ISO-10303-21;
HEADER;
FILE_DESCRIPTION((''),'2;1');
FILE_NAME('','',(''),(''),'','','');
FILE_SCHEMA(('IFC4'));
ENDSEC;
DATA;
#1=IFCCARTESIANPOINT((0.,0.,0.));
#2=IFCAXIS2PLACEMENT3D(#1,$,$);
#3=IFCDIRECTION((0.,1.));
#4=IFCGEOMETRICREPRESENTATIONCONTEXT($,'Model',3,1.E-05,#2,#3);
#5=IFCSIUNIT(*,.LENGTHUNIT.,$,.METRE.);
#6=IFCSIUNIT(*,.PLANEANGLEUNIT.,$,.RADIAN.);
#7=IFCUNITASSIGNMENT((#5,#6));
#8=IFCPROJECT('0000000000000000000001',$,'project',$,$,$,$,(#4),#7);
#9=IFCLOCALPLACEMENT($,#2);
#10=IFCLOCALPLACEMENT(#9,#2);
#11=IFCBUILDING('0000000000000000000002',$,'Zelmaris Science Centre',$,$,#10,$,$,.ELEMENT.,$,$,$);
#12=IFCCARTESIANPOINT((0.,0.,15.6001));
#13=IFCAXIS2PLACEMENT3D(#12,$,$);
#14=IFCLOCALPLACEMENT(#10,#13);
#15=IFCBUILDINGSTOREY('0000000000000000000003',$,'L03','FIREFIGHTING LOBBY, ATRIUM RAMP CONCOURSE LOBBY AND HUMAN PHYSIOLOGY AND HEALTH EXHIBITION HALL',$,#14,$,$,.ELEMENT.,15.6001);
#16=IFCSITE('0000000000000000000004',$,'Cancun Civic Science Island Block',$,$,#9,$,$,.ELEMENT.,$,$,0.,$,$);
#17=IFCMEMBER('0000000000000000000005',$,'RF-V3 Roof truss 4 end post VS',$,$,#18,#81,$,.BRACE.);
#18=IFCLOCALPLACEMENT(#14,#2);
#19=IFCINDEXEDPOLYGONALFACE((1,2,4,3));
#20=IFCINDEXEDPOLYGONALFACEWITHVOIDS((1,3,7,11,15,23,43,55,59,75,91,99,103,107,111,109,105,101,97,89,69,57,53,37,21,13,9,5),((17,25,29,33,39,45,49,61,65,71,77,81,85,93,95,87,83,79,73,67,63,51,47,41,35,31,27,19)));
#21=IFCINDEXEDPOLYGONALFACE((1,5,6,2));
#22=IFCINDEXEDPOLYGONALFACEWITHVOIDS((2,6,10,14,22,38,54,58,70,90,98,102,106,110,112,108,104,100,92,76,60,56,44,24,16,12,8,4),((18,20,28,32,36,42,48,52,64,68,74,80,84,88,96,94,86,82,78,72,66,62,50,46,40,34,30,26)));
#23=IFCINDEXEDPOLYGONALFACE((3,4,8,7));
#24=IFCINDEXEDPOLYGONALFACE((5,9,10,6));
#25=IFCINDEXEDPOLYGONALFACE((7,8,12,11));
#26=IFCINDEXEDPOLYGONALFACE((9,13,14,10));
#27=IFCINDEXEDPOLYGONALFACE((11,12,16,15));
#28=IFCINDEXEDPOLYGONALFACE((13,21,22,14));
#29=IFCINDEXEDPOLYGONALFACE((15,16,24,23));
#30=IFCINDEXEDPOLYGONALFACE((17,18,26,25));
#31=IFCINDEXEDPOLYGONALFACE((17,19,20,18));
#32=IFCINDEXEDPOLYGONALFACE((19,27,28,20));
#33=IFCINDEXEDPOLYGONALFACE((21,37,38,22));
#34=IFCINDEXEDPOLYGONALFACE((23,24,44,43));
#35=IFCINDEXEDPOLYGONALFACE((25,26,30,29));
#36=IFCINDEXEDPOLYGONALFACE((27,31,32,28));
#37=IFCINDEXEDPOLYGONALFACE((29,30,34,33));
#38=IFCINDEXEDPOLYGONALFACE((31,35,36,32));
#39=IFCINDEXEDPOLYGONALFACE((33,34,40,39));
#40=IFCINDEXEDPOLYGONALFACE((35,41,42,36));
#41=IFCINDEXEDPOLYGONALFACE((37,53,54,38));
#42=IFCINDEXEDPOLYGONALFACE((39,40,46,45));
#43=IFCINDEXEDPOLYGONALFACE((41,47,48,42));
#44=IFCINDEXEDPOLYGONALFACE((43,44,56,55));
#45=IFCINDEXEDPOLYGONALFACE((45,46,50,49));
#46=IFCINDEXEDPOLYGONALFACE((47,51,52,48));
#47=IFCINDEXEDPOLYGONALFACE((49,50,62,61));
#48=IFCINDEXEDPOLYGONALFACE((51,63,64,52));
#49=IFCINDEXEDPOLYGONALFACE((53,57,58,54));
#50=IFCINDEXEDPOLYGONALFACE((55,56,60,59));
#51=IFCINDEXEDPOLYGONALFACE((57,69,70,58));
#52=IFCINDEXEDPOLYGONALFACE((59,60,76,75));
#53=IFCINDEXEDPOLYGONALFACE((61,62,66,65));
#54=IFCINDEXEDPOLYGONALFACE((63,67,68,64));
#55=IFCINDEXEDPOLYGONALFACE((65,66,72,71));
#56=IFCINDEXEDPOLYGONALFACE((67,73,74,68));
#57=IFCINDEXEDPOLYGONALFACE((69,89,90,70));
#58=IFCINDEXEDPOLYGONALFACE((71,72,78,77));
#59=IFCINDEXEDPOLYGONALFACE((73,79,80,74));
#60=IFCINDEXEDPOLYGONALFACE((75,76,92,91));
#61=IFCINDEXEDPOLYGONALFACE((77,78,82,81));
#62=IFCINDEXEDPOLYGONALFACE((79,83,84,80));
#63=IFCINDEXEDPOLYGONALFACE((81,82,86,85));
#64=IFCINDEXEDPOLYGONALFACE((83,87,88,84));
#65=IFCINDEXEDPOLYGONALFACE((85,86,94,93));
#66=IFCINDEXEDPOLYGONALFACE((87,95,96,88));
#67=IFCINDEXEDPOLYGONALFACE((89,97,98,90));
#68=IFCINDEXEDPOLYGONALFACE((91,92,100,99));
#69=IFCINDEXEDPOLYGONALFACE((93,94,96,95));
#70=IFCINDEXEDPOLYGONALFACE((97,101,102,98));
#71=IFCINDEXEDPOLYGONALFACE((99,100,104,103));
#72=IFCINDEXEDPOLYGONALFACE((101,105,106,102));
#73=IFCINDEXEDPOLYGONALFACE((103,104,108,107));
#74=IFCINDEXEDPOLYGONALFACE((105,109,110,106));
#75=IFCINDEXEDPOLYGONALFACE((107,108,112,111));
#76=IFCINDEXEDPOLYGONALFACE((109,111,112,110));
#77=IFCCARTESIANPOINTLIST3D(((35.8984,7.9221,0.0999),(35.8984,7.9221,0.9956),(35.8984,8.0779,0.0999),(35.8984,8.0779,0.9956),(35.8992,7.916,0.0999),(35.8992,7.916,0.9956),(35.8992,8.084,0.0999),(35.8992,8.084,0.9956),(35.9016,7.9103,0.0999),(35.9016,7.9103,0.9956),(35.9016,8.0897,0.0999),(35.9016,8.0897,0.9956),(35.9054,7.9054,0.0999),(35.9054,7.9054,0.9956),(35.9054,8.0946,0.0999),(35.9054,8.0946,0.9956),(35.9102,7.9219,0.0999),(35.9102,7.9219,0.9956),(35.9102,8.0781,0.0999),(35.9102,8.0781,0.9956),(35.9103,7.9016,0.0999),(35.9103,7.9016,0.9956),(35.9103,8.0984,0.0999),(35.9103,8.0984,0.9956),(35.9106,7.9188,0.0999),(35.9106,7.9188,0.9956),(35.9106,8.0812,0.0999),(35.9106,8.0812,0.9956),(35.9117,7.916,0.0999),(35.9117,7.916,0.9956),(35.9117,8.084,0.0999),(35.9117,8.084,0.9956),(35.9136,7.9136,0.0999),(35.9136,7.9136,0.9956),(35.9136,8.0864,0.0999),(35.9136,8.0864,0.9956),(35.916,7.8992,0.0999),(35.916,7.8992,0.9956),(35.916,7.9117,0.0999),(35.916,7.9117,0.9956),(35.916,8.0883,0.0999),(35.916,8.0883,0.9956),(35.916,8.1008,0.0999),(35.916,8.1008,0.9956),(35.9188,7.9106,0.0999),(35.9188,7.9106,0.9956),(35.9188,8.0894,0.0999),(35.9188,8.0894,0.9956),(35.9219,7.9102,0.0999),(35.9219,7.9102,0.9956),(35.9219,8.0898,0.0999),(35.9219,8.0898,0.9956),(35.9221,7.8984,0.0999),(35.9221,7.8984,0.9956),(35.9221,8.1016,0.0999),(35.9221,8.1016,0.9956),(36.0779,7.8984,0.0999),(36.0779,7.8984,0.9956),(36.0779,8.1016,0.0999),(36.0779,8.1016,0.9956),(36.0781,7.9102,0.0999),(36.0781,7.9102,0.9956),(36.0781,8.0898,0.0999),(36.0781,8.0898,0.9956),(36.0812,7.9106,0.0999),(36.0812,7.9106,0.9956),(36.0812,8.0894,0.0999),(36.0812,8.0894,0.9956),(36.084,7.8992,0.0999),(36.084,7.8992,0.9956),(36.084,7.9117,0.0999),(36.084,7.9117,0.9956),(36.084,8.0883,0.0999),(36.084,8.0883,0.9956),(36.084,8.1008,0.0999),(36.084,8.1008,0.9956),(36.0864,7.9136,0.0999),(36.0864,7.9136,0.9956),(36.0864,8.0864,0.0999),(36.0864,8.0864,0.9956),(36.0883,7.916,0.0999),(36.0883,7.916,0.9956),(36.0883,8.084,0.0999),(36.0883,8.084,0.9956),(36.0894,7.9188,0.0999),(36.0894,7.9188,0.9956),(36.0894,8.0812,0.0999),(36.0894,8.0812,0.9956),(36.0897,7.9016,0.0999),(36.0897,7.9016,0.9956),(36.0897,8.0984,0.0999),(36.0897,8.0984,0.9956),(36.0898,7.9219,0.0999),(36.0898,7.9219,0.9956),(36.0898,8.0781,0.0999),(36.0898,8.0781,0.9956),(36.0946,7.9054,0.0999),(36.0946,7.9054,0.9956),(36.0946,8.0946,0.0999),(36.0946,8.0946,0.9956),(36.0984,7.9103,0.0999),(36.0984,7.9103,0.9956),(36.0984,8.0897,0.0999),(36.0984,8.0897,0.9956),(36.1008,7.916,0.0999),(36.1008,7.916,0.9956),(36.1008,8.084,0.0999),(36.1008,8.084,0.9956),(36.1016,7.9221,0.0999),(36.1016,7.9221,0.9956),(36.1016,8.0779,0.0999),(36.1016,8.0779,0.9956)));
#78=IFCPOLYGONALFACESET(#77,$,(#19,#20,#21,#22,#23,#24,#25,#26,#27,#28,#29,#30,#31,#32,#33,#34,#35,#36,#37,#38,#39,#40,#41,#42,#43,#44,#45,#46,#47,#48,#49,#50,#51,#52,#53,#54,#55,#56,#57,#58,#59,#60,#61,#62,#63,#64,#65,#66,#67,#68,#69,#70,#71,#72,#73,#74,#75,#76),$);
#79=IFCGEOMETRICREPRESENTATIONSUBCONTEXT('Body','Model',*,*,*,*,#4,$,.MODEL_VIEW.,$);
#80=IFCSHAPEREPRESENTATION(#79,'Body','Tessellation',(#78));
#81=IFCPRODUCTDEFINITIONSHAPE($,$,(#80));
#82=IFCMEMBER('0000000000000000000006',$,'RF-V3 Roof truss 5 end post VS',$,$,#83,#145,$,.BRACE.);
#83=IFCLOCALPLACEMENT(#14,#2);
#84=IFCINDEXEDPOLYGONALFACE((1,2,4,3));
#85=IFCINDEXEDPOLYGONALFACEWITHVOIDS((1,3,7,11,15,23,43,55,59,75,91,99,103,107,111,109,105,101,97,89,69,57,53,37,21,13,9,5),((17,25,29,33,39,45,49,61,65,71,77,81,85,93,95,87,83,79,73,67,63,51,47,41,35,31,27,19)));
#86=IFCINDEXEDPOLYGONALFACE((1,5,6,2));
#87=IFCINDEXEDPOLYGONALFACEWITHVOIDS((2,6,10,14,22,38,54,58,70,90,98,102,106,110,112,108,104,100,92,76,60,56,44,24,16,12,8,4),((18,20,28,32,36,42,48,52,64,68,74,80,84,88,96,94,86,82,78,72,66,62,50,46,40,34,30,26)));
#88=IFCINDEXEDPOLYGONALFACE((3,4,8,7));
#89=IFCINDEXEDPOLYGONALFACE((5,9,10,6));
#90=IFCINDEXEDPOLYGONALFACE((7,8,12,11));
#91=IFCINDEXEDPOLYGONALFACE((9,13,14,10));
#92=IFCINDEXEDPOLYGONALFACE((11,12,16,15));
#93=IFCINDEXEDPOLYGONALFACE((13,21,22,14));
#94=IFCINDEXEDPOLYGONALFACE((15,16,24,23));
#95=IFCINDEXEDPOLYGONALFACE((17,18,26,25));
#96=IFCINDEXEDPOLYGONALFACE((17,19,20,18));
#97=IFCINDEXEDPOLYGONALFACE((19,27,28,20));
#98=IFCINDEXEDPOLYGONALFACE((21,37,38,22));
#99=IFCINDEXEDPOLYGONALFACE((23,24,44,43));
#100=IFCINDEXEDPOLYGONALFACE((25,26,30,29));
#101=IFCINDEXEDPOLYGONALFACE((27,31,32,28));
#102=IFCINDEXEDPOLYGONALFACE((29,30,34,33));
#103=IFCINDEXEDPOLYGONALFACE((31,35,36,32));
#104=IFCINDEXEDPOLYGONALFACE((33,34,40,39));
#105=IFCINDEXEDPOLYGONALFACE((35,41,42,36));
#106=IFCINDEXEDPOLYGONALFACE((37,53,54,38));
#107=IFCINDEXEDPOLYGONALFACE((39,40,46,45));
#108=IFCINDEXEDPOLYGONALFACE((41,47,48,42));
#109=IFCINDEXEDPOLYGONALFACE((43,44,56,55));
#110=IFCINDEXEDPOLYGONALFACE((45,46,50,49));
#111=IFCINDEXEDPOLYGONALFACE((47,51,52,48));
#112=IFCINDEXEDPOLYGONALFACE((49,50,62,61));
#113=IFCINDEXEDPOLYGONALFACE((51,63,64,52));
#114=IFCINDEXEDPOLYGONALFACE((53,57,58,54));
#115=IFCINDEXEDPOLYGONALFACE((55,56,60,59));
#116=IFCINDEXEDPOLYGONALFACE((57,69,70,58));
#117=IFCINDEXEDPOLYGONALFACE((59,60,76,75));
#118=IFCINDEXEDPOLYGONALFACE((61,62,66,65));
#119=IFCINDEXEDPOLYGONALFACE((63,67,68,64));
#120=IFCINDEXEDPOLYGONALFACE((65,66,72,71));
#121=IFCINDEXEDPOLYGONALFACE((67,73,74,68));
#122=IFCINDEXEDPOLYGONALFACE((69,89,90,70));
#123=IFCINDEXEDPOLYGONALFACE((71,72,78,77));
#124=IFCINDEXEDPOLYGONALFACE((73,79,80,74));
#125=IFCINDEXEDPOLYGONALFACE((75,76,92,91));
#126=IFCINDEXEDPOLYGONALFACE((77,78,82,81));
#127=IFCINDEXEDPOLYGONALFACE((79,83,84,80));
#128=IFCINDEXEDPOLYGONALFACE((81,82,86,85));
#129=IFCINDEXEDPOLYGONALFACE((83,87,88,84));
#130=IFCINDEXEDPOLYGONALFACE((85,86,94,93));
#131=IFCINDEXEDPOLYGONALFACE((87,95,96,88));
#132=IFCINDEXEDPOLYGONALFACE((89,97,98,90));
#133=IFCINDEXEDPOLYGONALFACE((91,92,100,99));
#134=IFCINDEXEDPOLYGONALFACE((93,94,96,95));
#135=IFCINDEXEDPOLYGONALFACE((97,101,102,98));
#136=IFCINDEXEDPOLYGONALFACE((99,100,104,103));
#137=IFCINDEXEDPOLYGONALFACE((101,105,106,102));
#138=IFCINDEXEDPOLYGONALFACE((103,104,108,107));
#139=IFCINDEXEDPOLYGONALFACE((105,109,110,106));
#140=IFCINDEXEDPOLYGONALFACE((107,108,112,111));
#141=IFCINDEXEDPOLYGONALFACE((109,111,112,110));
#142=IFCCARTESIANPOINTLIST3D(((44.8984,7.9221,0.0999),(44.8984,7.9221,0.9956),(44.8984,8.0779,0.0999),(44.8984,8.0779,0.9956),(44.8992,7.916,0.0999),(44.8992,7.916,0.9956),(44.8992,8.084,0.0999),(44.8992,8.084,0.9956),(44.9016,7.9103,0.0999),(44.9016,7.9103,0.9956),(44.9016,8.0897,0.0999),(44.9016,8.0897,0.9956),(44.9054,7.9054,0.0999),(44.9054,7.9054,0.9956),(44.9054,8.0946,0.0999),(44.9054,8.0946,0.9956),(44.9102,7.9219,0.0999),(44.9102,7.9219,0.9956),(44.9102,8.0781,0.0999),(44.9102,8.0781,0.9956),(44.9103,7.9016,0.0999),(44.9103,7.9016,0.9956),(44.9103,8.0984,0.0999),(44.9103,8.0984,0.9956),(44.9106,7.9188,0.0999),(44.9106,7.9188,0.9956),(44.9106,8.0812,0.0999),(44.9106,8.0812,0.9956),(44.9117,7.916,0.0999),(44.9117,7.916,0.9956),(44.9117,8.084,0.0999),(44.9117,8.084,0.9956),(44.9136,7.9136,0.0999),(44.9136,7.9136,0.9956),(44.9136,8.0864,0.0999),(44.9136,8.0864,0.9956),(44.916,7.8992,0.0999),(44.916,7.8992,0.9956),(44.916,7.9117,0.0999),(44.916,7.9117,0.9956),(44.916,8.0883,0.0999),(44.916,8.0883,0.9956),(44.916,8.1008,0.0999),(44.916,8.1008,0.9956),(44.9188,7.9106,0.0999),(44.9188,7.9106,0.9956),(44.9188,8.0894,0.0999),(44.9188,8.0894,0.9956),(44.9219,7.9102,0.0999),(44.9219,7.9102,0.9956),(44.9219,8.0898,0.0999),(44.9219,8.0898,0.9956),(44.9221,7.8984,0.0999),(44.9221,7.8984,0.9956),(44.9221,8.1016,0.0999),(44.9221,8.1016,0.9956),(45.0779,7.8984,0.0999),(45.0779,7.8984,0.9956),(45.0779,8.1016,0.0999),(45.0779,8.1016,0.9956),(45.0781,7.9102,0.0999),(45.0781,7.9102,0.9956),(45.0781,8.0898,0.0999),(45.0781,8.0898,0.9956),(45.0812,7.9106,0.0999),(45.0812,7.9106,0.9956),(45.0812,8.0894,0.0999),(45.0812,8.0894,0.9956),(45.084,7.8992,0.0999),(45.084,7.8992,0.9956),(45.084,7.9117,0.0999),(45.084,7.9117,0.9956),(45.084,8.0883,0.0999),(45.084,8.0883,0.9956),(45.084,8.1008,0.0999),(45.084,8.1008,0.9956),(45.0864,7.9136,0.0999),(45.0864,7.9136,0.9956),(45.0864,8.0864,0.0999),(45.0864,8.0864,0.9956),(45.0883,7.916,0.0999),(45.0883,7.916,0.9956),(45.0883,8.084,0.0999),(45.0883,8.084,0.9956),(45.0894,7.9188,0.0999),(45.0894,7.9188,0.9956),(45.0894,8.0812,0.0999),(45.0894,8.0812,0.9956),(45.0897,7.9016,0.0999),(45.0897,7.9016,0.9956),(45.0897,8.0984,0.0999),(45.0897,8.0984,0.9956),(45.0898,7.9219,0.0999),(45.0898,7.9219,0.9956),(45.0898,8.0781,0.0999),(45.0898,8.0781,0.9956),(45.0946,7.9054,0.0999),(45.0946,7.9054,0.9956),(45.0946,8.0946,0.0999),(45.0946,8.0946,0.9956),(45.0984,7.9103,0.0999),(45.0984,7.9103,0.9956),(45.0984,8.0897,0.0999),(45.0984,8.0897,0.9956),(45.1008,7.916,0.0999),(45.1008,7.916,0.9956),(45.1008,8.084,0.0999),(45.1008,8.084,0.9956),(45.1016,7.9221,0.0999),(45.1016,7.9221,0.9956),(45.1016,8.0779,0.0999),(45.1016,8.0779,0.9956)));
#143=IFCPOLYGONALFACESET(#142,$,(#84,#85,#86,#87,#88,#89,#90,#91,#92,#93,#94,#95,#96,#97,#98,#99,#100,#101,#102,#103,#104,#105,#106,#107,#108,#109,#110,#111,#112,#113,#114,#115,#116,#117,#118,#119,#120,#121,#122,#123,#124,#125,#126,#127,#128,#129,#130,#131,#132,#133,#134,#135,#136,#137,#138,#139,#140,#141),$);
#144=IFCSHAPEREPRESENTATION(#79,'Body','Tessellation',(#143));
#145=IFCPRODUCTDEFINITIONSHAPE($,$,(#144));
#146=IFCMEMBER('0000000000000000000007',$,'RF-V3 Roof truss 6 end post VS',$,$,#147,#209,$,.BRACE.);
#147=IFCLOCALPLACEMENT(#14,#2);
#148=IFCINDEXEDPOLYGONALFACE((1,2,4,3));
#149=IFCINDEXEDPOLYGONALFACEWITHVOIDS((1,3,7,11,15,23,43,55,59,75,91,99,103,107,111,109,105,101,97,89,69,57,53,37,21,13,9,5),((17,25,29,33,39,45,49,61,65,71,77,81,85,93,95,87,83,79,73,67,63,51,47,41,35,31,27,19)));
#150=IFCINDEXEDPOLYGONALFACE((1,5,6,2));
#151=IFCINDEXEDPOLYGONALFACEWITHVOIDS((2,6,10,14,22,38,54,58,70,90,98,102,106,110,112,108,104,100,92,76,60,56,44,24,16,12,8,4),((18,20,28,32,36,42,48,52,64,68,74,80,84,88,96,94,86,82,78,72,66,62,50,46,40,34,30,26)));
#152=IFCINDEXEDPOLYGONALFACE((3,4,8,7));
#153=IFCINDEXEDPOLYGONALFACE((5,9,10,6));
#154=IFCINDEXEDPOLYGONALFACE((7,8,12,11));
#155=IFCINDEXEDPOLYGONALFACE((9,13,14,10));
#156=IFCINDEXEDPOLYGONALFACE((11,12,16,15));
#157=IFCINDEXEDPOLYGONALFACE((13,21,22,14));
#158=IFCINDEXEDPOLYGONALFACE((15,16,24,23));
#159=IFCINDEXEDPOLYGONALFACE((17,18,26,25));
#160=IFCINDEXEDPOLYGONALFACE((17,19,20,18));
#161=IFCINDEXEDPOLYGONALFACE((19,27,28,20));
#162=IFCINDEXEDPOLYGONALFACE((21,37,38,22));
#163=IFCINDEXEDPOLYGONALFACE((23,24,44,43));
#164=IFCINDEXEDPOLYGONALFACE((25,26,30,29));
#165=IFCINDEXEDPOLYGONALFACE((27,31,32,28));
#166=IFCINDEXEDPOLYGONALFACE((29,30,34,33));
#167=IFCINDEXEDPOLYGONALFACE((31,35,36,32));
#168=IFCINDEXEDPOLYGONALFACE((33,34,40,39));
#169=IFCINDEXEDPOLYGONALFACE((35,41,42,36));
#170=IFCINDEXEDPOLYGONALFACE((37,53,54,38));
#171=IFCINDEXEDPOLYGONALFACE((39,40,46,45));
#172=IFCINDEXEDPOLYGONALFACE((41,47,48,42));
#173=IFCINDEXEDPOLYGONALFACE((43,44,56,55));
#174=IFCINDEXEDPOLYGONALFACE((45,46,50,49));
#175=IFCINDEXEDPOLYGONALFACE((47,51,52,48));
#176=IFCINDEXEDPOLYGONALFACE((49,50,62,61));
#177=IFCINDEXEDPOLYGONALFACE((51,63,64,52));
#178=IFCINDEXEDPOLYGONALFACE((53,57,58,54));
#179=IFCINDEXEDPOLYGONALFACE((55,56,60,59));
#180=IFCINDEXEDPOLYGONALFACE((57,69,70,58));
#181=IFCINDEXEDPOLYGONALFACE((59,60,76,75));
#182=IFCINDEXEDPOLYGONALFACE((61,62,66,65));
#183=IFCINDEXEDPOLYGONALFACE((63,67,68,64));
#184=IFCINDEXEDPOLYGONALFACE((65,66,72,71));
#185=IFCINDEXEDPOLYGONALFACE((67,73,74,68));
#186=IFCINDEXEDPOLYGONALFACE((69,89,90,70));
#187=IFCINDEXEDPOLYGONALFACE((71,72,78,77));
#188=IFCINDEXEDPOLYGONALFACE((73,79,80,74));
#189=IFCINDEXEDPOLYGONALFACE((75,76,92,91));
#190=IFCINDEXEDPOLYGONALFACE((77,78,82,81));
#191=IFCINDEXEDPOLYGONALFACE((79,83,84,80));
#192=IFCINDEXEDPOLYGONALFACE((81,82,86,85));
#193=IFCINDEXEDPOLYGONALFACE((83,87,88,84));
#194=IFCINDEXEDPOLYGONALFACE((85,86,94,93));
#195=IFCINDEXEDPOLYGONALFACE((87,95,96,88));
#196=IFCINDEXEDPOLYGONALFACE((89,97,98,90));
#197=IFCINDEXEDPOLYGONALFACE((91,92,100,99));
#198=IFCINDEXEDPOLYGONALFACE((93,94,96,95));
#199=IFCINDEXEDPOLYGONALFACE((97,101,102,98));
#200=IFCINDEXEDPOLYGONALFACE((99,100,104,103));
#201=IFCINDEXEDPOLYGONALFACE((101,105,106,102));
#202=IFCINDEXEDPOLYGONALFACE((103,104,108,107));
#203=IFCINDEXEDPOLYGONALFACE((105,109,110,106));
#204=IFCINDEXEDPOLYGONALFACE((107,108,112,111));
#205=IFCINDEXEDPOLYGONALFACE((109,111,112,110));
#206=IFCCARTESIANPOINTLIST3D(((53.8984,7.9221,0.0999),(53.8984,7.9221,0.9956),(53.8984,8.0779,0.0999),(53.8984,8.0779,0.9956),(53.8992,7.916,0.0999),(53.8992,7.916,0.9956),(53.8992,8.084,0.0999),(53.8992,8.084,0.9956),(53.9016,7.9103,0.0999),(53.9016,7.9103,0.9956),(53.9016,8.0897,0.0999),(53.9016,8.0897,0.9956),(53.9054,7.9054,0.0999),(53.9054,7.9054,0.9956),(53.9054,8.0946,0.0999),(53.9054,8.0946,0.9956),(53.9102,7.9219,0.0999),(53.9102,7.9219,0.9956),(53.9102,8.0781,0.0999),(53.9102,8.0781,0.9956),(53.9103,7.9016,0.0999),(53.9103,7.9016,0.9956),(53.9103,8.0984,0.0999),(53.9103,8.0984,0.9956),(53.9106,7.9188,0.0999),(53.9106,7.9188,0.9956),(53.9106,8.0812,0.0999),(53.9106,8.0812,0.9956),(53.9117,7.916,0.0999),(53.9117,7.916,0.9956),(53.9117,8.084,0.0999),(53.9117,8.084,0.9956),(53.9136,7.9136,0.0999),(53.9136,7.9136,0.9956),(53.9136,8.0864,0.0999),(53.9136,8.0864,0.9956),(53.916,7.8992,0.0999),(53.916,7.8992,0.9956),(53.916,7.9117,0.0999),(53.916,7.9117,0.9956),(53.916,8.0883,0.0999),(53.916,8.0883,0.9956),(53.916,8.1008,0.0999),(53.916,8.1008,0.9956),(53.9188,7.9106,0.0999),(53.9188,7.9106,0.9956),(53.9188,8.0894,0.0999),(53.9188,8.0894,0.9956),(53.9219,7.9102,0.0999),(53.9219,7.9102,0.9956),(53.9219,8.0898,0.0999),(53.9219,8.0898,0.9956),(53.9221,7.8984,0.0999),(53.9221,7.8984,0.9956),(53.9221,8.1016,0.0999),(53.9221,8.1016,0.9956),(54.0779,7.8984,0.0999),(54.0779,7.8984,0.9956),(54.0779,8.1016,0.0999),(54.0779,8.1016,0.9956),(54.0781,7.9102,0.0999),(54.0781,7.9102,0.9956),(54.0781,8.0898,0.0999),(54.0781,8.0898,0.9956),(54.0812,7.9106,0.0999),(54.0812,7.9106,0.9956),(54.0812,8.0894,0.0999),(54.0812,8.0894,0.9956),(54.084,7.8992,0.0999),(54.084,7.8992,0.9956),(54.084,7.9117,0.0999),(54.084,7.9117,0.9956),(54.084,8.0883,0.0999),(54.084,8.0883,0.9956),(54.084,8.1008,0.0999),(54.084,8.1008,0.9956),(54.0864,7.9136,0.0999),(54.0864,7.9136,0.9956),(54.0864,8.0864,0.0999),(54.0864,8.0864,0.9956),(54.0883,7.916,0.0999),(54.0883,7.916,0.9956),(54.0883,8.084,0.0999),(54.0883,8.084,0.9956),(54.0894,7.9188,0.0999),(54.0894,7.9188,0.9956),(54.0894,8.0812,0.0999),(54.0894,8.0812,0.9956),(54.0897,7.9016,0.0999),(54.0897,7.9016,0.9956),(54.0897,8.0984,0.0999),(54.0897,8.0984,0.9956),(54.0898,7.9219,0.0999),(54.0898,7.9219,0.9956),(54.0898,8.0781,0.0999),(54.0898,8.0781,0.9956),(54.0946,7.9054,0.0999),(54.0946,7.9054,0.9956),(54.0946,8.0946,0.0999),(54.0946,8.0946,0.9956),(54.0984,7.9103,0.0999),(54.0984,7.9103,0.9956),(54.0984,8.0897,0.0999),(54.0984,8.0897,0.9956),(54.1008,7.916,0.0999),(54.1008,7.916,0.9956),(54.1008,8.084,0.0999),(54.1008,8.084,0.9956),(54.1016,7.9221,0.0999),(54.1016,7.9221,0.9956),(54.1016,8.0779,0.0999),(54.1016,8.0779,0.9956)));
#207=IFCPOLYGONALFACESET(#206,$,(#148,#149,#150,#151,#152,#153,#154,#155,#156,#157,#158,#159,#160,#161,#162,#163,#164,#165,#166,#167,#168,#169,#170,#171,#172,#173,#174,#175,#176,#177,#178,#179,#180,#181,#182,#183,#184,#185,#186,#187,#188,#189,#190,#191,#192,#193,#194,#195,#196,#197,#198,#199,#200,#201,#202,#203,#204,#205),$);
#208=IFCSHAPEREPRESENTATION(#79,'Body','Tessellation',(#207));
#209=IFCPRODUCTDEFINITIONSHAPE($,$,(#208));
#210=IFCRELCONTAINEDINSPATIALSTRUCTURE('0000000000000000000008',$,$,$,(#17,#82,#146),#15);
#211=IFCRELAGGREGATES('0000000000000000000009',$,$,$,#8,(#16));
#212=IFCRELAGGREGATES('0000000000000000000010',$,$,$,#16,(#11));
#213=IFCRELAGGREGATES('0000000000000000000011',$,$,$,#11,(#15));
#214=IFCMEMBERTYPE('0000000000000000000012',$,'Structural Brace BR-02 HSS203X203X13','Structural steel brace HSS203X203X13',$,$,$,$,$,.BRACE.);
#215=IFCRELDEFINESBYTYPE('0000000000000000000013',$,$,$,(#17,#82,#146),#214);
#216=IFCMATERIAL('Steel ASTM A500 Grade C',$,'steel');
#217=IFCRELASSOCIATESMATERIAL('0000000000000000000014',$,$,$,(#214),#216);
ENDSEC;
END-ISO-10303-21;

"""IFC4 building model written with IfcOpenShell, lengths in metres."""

from ifc_helpers import new_model, si_unit, direction, frame, origin, origin_2d, place, context, subcontext, project, spatial, hollow_rectangle, extrude, material, material_profile, profile_set, type_object, element, save


model = new_model("IFC4")

# Units and contexts
model_context = context("Model", 3, precision=1e-05, world=origin(), true_north=direction((0.0, 1.0)))
body_context = subcontext(model_context, "Body", "Model", "MODEL_VIEW")
ifc_project = project(units=[si_unit("LENGTHUNIT", "METRE"), si_unit("PLANEANGLEUNIT", "RADIAN")], contexts=[model_context])

# Site, building, storey
site_placement = place(None, origin())
site = spatial("IfcSite", under=ifc_project, at=site_placement, Name="Cancun Civic Science Island Block", CompositionType="ELEMENT", RefElevation=0.0)
building_placement = place(site_placement, origin())
building = spatial("IfcBuilding", under=site, at=building_placement, Name="Zelmaris Science Centre", CompositionType="ELEMENT")
storey_placement = place(building_placement, frame((0.0, 0.0, 15.6001)))
storey = spatial("IfcBuildingStorey", under=building, at=storey_placement, Name="L03", Description="FIREFIGHTING LOBBY, ATRIUM RAMP CONCOURSE LOBBY AND HUMAN PHYSIOLOGY AND HEALTH EXHIBITION HALL", CompositionType="ELEMENT", Elevation=15.6001)

# Shared definitions
ifc_material = material(Name="Steel ASTM A500 Grade C", Category="steel")

# Members
ifc_material_profile_1 = material_profile(ifc_material, hollow_rectangle(XDim=0.2031, YDim=0.2031, WallThickness=0.0117, InnerFilletRadius=0.0117, OuterFilletRadius=0.0237, at=origin_2d()), Name="HSS203X203X13")
ifc_profile_set_1 = profile_set([ifc_material_profile_1], Name="Steel ASTM A500 Grade C")
member_type_1 = type_object("IfcMemberType", Name="Structural Brace BR-02 HSS203X203X13", Description="Structural steel brace HSS203X203X13", PredefinedType="BRACE", material=ifc_profile_set_1)
for number, where, z_axis, x_axis, name in (
    (1, (36.0, 8.0, 0.0999), (0.0, 0.0, 1.0), (1.0, 0.0, 0.0), "RF-V3 Roof truss 4 end post VS"),
    (2, (45.0, 8.0, 0.0999), (0.0, 0.0, 1.0), (1.0, 0.0, 0.0), "RF-V3 Roof truss 5 end post VS"),
    (3, (54.0, 8.0, 0.0999), (0.0, 0.0, 1.0), (1.0, 0.0, 0.0), "RF-V3 Roof truss 6 end post VS"),
):
    element("IfcMember", number, at=place(storey_placement, frame(where, z_axis=z_axis, x_axis=x_axis)), inside=storey, type_object=member_type_1, Name=name, PredefinedType="BRACE", context=body_context, shape_type="SweptSolid", body=[
        extrude(hollow_rectangle(XDim=0.2031, YDim=0.2031, WallThickness=0.0117, InnerFilletRadius=0.0117, OuterFilletRadius=0.0237, at=origin_2d()), origin(), (0.0, 0.0, 1.0), 0.8958),
    ])

save(model, "model.ifc")
